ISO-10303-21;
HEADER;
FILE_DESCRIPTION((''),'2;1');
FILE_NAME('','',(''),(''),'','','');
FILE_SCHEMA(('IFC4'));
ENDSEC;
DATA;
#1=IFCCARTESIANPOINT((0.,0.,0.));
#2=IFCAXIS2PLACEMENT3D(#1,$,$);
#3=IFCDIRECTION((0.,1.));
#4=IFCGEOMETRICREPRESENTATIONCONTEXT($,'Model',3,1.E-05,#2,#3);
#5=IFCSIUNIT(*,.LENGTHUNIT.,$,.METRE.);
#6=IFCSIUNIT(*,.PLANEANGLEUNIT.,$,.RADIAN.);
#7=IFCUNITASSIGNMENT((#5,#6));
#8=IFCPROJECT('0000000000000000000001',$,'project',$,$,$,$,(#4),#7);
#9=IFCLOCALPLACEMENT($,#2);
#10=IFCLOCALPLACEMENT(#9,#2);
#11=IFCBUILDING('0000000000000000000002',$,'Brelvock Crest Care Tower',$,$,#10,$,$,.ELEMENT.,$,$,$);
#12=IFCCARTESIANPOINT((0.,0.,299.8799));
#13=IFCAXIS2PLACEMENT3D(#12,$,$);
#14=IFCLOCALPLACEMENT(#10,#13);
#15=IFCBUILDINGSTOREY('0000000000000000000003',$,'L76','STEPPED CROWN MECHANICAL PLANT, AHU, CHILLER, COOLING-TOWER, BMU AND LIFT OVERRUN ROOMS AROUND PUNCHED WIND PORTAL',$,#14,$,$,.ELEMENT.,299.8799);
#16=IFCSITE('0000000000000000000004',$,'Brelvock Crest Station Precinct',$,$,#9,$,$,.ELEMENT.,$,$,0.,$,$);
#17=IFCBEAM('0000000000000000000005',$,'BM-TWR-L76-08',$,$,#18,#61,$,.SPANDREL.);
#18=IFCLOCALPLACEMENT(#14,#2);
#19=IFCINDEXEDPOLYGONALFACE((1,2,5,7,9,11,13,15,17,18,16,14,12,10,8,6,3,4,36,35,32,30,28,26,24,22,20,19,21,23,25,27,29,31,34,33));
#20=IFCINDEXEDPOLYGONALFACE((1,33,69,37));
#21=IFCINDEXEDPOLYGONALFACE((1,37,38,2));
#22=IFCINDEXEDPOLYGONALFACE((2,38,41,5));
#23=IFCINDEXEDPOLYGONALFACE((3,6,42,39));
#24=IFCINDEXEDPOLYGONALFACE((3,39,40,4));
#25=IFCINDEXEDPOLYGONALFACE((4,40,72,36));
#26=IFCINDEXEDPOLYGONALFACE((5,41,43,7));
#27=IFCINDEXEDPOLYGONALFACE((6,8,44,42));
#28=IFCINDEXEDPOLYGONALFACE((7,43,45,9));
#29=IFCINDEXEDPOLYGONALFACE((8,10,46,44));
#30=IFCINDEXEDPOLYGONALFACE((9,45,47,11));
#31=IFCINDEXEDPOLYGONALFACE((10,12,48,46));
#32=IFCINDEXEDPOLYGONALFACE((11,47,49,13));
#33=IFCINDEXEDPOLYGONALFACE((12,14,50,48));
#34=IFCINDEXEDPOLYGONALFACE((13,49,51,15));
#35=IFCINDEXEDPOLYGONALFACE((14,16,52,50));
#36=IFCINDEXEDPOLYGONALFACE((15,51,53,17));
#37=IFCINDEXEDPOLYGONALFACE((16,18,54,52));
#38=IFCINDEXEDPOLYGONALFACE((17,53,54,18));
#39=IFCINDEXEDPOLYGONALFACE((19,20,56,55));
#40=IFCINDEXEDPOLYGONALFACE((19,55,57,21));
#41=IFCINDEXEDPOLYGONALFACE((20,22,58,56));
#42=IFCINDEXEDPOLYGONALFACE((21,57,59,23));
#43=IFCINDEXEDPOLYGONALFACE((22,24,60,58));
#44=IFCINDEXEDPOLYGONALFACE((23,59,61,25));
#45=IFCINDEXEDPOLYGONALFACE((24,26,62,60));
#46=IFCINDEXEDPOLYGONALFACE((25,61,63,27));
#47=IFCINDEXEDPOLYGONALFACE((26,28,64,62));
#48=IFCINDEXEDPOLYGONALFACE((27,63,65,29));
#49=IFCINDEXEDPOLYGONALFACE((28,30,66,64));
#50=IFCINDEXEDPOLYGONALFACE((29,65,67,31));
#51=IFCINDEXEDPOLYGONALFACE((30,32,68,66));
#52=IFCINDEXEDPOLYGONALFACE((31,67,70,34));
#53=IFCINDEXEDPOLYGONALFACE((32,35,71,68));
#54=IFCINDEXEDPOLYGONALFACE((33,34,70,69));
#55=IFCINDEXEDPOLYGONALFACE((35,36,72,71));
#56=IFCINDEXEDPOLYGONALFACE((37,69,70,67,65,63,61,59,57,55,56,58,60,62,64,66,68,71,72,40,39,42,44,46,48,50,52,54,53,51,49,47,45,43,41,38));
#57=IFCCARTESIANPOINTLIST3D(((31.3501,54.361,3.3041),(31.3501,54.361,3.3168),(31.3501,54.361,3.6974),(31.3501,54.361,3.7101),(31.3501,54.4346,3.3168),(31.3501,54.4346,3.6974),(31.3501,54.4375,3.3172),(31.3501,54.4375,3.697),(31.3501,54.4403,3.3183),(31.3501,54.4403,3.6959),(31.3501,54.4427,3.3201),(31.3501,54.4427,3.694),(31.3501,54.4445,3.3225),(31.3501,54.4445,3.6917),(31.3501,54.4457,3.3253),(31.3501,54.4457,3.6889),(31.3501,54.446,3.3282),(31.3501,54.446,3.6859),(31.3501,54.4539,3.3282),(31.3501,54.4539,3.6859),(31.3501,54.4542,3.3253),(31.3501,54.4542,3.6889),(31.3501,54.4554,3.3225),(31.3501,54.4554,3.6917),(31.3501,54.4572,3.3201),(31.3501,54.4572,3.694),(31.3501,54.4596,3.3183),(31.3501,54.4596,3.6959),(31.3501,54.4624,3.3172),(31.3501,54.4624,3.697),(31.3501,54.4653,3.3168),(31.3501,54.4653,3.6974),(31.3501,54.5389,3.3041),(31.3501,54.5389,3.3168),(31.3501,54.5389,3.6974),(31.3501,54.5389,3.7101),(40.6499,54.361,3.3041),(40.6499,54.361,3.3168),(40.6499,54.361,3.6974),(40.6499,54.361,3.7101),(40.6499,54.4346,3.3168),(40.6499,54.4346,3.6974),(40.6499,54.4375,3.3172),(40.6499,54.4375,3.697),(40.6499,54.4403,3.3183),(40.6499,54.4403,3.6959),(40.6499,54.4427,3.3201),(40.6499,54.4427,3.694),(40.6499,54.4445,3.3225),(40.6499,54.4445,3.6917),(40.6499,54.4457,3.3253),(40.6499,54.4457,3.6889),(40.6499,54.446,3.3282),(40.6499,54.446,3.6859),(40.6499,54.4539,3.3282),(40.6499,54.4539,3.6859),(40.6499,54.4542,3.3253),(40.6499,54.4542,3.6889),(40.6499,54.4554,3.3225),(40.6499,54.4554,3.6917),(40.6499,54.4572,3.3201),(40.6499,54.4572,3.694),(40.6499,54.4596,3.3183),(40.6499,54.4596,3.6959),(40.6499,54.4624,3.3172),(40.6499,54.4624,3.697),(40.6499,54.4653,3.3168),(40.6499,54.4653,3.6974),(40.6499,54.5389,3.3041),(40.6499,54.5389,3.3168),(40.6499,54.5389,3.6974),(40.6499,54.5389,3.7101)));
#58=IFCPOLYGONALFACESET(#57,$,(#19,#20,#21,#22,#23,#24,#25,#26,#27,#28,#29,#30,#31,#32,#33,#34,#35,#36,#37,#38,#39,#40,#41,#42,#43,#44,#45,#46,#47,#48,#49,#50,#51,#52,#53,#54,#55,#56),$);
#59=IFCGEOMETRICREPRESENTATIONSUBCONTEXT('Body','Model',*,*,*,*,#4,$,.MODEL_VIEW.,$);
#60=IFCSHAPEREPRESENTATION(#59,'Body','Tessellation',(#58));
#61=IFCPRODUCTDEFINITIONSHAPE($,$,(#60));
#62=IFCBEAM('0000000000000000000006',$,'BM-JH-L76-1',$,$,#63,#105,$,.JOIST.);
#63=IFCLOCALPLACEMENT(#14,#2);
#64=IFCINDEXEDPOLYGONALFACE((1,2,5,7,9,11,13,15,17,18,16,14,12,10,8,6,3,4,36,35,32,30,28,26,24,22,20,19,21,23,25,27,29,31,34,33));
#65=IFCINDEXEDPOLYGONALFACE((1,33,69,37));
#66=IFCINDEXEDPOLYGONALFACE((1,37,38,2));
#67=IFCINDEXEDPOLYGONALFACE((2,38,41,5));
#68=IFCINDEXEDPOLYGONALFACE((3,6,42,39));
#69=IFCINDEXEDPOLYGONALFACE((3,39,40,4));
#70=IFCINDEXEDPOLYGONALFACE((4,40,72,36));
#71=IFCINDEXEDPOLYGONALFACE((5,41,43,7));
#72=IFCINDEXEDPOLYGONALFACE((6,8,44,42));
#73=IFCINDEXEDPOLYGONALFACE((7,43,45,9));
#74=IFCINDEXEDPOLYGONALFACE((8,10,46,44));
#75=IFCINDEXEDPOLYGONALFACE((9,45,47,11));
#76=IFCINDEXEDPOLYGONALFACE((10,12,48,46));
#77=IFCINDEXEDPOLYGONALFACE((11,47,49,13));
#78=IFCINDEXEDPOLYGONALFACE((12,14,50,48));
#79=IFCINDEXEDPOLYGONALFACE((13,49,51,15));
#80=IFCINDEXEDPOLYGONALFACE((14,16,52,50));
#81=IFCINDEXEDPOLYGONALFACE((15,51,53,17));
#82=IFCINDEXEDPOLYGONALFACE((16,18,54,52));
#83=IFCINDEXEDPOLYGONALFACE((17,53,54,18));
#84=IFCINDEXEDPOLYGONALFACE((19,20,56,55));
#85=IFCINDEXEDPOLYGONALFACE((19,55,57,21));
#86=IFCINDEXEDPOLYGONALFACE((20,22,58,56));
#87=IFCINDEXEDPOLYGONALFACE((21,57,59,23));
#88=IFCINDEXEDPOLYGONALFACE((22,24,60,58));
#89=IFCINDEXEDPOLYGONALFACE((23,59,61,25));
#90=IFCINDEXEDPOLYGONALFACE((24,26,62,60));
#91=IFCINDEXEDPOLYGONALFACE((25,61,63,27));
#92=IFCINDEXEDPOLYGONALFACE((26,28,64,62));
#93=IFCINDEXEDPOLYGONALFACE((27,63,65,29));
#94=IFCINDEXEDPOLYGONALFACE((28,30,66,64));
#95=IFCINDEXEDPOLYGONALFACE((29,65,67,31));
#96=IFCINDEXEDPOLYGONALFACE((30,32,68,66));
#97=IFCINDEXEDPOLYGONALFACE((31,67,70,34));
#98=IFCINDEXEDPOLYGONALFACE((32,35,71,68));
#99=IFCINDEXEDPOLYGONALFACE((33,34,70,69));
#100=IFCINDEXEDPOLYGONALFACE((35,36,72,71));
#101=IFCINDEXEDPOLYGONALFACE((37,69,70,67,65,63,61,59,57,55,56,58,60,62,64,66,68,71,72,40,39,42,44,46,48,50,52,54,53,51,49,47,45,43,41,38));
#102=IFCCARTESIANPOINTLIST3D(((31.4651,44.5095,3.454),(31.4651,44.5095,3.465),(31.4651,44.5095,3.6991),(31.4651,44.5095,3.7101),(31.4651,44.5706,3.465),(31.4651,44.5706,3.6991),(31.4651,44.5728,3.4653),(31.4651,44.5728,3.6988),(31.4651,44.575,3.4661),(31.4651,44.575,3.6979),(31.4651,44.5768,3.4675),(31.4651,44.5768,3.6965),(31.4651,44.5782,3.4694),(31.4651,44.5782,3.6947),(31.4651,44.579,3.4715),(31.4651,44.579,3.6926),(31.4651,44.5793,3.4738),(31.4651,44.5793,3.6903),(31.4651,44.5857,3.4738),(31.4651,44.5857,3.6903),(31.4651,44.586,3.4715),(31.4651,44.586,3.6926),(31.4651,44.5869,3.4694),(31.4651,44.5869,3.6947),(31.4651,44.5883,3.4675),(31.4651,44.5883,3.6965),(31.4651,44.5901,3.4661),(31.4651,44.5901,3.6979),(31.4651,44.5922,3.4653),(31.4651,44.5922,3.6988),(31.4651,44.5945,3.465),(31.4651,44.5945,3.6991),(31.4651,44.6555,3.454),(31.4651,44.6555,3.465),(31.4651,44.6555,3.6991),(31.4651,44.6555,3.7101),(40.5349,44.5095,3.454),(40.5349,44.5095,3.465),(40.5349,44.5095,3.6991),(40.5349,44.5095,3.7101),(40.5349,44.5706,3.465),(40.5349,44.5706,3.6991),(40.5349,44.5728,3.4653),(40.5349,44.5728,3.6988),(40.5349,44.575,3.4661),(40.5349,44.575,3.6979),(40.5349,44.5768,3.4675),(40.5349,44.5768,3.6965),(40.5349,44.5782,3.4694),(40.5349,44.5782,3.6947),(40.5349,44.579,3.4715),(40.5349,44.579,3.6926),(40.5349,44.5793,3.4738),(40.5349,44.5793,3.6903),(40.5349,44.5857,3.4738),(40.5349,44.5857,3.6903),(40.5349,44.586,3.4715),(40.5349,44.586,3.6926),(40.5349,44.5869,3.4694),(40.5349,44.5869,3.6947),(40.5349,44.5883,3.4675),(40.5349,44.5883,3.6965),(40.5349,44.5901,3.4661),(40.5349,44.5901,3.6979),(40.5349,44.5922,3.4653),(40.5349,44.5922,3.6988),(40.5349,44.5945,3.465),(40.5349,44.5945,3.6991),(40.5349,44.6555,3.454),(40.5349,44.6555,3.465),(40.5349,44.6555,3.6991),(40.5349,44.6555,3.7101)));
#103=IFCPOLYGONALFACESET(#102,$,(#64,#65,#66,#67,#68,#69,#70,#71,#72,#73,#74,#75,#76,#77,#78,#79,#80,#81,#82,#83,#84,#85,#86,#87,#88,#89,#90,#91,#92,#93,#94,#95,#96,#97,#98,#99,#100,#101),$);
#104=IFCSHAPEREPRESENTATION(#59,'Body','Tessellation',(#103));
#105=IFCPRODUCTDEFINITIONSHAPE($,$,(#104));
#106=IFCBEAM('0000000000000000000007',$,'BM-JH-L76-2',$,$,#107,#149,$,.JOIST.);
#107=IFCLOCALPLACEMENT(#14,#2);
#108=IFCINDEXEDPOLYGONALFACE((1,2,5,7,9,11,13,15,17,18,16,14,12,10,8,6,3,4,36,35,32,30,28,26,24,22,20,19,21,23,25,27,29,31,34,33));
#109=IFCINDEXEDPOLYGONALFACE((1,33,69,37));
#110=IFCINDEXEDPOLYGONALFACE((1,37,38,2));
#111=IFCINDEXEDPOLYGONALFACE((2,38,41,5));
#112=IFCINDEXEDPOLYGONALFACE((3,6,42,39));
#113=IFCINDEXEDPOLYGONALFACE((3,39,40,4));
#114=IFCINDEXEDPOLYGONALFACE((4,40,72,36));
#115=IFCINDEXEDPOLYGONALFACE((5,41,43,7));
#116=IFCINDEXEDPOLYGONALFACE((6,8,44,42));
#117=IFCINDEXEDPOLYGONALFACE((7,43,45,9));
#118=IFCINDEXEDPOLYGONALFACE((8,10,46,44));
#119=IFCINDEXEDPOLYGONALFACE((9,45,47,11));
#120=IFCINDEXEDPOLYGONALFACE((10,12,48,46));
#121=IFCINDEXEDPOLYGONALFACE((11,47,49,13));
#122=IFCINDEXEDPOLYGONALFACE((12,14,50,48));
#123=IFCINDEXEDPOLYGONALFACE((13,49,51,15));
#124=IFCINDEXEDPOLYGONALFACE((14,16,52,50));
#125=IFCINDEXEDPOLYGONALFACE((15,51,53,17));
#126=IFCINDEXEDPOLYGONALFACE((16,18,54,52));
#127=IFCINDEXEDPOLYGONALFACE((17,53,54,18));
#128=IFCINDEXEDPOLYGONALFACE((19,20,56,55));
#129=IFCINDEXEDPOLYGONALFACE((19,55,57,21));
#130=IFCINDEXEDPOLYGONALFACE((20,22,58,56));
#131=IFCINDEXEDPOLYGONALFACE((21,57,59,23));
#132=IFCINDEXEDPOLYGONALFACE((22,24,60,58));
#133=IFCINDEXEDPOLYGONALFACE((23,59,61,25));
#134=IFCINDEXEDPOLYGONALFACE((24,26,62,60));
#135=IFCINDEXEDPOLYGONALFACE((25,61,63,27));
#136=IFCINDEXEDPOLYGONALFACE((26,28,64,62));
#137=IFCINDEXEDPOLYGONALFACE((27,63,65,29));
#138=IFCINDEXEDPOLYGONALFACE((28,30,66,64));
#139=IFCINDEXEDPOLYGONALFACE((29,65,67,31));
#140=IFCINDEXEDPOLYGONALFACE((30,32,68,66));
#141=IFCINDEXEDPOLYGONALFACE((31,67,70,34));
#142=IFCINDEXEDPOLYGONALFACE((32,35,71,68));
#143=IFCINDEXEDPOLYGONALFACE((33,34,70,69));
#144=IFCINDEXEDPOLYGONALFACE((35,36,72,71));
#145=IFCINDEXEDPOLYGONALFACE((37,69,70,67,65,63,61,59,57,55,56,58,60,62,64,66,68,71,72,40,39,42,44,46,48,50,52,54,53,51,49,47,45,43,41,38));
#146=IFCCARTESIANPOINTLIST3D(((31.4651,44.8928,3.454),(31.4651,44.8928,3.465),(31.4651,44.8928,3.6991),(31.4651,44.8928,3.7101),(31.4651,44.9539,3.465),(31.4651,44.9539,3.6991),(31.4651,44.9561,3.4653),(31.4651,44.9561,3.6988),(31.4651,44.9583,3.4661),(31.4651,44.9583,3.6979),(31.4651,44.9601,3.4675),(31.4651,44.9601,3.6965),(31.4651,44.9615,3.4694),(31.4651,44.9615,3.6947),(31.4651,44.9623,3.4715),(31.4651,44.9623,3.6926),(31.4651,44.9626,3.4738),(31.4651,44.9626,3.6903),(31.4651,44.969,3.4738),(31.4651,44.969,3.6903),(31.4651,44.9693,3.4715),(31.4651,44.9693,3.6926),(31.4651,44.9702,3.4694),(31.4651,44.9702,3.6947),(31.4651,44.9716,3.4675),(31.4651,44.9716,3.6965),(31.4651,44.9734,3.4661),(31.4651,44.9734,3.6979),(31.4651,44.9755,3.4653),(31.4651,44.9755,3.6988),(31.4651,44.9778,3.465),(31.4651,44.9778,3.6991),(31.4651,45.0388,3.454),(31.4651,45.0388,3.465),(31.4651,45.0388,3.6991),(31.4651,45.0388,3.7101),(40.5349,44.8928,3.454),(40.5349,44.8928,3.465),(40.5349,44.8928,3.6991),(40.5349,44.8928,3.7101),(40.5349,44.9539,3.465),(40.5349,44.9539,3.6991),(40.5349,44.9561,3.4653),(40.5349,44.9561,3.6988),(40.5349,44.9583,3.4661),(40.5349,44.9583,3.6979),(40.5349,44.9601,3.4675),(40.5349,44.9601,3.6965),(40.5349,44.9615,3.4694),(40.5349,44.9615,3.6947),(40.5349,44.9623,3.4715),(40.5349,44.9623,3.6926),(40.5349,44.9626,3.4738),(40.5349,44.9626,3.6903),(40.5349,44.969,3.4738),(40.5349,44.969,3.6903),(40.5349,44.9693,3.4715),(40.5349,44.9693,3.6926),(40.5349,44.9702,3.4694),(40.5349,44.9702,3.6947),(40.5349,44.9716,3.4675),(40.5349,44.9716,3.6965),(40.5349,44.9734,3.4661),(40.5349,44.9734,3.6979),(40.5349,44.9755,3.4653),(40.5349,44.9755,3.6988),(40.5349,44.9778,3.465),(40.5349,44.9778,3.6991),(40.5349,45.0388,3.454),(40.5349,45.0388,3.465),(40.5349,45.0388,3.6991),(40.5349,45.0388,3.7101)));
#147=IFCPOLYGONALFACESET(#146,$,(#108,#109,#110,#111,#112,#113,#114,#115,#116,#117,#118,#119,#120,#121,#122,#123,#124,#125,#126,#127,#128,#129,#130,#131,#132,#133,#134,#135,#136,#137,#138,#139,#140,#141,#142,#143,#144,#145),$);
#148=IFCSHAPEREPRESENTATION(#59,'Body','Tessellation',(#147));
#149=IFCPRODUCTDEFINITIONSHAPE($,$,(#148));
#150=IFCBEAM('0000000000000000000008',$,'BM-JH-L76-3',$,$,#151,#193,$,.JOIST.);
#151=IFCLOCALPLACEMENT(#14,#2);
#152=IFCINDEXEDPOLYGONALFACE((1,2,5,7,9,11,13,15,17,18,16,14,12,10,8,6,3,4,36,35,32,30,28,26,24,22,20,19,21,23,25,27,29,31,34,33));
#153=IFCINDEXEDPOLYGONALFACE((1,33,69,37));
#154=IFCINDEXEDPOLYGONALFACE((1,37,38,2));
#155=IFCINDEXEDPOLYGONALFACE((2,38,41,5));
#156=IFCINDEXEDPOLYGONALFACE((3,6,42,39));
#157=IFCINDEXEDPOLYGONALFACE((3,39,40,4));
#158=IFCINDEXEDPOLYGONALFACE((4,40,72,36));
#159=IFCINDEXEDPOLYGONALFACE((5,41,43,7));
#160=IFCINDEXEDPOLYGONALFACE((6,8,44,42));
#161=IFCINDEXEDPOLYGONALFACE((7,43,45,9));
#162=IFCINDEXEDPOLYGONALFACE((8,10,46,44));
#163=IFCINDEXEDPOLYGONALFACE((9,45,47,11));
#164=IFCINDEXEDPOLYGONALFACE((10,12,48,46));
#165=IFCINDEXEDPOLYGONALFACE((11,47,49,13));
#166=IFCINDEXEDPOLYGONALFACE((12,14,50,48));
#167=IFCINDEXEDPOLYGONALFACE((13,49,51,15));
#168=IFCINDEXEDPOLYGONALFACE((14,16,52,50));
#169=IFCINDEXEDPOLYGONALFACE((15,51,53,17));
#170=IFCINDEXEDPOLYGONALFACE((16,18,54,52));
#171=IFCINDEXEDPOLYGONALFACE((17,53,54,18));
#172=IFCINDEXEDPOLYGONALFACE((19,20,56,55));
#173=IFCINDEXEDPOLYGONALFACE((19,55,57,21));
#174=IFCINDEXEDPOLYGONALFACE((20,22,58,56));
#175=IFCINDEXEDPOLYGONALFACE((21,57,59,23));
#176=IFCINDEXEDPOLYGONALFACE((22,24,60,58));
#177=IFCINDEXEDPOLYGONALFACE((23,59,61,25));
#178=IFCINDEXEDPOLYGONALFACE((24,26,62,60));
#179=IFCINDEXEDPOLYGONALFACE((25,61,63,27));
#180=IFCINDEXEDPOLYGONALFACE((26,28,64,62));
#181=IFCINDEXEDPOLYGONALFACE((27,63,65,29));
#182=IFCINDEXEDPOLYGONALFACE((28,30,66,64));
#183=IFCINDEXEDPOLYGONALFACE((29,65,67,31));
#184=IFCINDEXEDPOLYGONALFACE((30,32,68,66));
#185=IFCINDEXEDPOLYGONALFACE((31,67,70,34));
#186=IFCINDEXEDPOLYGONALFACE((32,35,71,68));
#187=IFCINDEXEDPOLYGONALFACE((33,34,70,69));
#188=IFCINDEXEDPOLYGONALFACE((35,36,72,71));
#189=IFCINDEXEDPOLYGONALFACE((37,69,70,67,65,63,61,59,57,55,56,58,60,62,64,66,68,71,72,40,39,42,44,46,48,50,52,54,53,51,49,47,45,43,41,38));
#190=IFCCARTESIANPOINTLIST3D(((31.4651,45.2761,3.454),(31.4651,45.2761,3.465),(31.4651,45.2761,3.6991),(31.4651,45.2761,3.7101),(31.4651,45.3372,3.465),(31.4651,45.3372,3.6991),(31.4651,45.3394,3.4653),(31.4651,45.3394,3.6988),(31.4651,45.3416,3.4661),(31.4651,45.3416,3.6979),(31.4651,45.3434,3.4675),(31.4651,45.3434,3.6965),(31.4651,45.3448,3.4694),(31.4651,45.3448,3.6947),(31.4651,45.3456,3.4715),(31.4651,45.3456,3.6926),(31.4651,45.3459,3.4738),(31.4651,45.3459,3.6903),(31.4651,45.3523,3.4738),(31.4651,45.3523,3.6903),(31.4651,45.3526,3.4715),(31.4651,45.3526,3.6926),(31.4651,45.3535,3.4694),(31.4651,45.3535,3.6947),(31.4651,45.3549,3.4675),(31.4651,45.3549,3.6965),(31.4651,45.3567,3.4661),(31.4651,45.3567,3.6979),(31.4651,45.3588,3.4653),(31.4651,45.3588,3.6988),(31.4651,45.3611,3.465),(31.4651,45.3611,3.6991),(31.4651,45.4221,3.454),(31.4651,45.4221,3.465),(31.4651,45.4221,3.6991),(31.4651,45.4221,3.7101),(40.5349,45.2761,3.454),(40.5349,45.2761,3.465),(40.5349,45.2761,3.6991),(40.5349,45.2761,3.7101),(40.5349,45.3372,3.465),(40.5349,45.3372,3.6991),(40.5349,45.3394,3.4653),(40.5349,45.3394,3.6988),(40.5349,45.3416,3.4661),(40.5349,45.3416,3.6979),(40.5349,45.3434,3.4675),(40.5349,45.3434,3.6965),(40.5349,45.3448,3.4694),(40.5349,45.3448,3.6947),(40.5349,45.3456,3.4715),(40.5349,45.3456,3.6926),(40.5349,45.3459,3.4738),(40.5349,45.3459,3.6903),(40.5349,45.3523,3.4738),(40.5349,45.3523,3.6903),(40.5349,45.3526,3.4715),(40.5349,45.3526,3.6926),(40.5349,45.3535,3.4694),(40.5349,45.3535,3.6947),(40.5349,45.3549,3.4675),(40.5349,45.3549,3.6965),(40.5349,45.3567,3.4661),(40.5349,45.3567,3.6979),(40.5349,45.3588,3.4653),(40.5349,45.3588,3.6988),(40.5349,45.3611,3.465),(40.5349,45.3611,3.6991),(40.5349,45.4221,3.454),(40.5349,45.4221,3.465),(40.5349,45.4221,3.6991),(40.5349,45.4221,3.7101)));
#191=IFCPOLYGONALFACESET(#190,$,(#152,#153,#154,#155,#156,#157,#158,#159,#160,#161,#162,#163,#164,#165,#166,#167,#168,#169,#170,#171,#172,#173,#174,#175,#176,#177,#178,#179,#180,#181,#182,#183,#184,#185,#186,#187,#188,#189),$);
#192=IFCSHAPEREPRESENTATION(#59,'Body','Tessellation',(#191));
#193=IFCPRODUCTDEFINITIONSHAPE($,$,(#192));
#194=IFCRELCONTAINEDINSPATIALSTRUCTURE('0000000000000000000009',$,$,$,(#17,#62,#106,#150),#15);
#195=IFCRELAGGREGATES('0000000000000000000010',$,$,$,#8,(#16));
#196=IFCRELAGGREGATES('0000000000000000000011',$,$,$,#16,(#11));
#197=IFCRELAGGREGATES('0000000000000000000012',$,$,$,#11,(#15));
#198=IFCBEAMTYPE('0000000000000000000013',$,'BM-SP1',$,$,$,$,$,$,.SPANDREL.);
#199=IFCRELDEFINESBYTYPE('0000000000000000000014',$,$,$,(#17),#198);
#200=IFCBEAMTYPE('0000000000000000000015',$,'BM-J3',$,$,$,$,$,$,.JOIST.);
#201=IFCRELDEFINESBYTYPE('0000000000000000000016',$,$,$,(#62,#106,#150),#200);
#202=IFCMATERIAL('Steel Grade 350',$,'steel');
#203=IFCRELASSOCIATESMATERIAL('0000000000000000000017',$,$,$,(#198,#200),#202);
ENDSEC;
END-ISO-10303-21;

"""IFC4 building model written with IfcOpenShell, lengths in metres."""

from ifc_helpers import new_model, si_unit, direction, frame, origin, origin_2d, place, context, subcontext, project, spatial, i_section, extrude, source, transform, mapped, material, material_profile, profile_set, type_object, element, save


model = new_model("IFC4")

# Units and contexts
model_context = context("Model", 3, precision=1e-05, world=origin(), true_north=direction((0.0, 1.0)))
body_context = subcontext(model_context, "Body", "Model", "MODEL_VIEW")
ifc_project = project(units=[si_unit("LENGTHUNIT", "METRE"), si_unit("PLANEANGLEUNIT", "RADIAN")], contexts=[model_context])

# Site, building, storey
site_placement = place(None, origin())
site = spatial("IfcSite", under=ifc_project, at=site_placement, Name="Brelvock Crest Station Precinct", CompositionType="ELEMENT", RefElevation=0.0)
building_placement = place(site_placement, origin())
building = spatial("IfcBuilding", under=site, at=building_placement, Name="Brelvock Crest Care Tower", CompositionType="ELEMENT")
storey_placement = place(building_placement, frame((0.0, 0.0, 299.8799)))
storey = spatial("IfcBuildingStorey", under=building, at=storey_placement, Name="L76", Description="STEPPED CROWN MECHANICAL PLANT, AHU, CHILLER, COOLING-TOWER, BMU AND LIFT OVERRUN ROOMS AROUND PUNCHED WIND PORTAL", CompositionType="ELEMENT", Elevation=299.8799)

# Shared definitions
ifc_material_1 = material(Name="Steel Grade 350", Category="steel")

# Beams
ifc_material_profile_1 = material_profile(ifc_material_1, i_section(OverallWidth=0.178, OverallDepth=0.406, WebThickness=0.0078, FlangeThickness=0.0127, FilletRadius=0.0115, at=origin_2d()), Name="410UB59.7")
ifc_profile_set_1 = profile_set([ifc_material_profile_1], Name="Steel Grade 350")
beam_type_1 = type_object("IfcBeamType", Name="BM-SP1", PredefinedType="SPANDREL", material=ifc_profile_set_1)
shared_shape_1 = source(origin(), body_context, "Body", "SweptSolid", [
    extrude(i_section(OverallWidth=0.178, OverallDepth=0.406, WebThickness=0.0078, FlangeThickness=0.0127, FilletRadius=0.0115, at=origin_2d()), origin(), (0.0, 0.0, 1.0), 9.2998),
])
beam_1_placement = place(storey_placement, frame((31.3501, 54.45, 3.5071), z_axis=(1.0, 0.0, 0.0), x_axis=(0.0, 1.0, 0.0)))
element("IfcBeam", 1, at=beam_1_placement, inside=storey, type_object=beam_type_1, Name="BM-TWR-L76-08", PredefinedType="SPANDREL", context=body_context, shape_type="MappedRepresentation", body=[
    mapped(shared_shape_1, transform((0.0, 0.0, 0.0), x_axis=(1.0, 0.0, 0.0), y_axis=(0.0, 1.0, 0.0), z_axis=(0.0, 0.0, 1.0), scale=1.0)),
])
ifc_material_profile_2 = material_profile(ifc_material_1, i_section(OverallWidth=0.146, OverallDepth=0.2561, WebThickness=0.0063, FlangeThickness=0.011, FilletRadius=0.0088, at=origin_2d()), Name="250UB37.3")
ifc_profile_set_2 = profile_set([ifc_material_profile_2], Name="Steel Grade 350")
beam_type_2 = type_object("IfcBeamType", Name="BM-J3", PredefinedType="JOIST", material=ifc_profile_set_2)
shared_shape_2 = source(origin(), body_context, "Body", "SweptSolid", [
    extrude(i_section(OverallWidth=0.146, OverallDepth=0.2561, WebThickness=0.0063, FlangeThickness=0.011, FilletRadius=0.0088, at=origin_2d()), origin(), (0.0, 0.0, 1.0), 9.0698),
])
for number, where, z_axis, x_axis, name in (
    (2, (31.4651, 44.5825, 3.582), (1.0, 0.0, 0.0), (0.0, 1.0, 0.0), "BM-JH-L76-1"),
    (3, (31.4651, 44.9658, 3.582), (1.0, 0.0, 0.0), (0.0, 1.0, 0.0), "BM-JH-L76-2"),
    (4, (31.4651, 45.3491, 3.582), (1.0, 0.0, 0.0), (0.0, 1.0, 0.0), "BM-JH-L76-3"),
):
    element("IfcBeam", number, at=place(storey_placement, frame(where, z_axis=z_axis, x_axis=x_axis)), inside=storey, type_object=beam_type_2, Name=name, PredefinedType="JOIST", context=body_context, shape_type="MappedRepresentation", body=[
        mapped(shared_shape_2, transform((0.0, 0.0, 0.0), x_axis=(1.0, 0.0, 0.0), y_axis=(0.0, 1.0, 0.0), z_axis=(0.0, 0.0, 1.0), scale=1.0)),
    ])

save(model, "model.ifc")
